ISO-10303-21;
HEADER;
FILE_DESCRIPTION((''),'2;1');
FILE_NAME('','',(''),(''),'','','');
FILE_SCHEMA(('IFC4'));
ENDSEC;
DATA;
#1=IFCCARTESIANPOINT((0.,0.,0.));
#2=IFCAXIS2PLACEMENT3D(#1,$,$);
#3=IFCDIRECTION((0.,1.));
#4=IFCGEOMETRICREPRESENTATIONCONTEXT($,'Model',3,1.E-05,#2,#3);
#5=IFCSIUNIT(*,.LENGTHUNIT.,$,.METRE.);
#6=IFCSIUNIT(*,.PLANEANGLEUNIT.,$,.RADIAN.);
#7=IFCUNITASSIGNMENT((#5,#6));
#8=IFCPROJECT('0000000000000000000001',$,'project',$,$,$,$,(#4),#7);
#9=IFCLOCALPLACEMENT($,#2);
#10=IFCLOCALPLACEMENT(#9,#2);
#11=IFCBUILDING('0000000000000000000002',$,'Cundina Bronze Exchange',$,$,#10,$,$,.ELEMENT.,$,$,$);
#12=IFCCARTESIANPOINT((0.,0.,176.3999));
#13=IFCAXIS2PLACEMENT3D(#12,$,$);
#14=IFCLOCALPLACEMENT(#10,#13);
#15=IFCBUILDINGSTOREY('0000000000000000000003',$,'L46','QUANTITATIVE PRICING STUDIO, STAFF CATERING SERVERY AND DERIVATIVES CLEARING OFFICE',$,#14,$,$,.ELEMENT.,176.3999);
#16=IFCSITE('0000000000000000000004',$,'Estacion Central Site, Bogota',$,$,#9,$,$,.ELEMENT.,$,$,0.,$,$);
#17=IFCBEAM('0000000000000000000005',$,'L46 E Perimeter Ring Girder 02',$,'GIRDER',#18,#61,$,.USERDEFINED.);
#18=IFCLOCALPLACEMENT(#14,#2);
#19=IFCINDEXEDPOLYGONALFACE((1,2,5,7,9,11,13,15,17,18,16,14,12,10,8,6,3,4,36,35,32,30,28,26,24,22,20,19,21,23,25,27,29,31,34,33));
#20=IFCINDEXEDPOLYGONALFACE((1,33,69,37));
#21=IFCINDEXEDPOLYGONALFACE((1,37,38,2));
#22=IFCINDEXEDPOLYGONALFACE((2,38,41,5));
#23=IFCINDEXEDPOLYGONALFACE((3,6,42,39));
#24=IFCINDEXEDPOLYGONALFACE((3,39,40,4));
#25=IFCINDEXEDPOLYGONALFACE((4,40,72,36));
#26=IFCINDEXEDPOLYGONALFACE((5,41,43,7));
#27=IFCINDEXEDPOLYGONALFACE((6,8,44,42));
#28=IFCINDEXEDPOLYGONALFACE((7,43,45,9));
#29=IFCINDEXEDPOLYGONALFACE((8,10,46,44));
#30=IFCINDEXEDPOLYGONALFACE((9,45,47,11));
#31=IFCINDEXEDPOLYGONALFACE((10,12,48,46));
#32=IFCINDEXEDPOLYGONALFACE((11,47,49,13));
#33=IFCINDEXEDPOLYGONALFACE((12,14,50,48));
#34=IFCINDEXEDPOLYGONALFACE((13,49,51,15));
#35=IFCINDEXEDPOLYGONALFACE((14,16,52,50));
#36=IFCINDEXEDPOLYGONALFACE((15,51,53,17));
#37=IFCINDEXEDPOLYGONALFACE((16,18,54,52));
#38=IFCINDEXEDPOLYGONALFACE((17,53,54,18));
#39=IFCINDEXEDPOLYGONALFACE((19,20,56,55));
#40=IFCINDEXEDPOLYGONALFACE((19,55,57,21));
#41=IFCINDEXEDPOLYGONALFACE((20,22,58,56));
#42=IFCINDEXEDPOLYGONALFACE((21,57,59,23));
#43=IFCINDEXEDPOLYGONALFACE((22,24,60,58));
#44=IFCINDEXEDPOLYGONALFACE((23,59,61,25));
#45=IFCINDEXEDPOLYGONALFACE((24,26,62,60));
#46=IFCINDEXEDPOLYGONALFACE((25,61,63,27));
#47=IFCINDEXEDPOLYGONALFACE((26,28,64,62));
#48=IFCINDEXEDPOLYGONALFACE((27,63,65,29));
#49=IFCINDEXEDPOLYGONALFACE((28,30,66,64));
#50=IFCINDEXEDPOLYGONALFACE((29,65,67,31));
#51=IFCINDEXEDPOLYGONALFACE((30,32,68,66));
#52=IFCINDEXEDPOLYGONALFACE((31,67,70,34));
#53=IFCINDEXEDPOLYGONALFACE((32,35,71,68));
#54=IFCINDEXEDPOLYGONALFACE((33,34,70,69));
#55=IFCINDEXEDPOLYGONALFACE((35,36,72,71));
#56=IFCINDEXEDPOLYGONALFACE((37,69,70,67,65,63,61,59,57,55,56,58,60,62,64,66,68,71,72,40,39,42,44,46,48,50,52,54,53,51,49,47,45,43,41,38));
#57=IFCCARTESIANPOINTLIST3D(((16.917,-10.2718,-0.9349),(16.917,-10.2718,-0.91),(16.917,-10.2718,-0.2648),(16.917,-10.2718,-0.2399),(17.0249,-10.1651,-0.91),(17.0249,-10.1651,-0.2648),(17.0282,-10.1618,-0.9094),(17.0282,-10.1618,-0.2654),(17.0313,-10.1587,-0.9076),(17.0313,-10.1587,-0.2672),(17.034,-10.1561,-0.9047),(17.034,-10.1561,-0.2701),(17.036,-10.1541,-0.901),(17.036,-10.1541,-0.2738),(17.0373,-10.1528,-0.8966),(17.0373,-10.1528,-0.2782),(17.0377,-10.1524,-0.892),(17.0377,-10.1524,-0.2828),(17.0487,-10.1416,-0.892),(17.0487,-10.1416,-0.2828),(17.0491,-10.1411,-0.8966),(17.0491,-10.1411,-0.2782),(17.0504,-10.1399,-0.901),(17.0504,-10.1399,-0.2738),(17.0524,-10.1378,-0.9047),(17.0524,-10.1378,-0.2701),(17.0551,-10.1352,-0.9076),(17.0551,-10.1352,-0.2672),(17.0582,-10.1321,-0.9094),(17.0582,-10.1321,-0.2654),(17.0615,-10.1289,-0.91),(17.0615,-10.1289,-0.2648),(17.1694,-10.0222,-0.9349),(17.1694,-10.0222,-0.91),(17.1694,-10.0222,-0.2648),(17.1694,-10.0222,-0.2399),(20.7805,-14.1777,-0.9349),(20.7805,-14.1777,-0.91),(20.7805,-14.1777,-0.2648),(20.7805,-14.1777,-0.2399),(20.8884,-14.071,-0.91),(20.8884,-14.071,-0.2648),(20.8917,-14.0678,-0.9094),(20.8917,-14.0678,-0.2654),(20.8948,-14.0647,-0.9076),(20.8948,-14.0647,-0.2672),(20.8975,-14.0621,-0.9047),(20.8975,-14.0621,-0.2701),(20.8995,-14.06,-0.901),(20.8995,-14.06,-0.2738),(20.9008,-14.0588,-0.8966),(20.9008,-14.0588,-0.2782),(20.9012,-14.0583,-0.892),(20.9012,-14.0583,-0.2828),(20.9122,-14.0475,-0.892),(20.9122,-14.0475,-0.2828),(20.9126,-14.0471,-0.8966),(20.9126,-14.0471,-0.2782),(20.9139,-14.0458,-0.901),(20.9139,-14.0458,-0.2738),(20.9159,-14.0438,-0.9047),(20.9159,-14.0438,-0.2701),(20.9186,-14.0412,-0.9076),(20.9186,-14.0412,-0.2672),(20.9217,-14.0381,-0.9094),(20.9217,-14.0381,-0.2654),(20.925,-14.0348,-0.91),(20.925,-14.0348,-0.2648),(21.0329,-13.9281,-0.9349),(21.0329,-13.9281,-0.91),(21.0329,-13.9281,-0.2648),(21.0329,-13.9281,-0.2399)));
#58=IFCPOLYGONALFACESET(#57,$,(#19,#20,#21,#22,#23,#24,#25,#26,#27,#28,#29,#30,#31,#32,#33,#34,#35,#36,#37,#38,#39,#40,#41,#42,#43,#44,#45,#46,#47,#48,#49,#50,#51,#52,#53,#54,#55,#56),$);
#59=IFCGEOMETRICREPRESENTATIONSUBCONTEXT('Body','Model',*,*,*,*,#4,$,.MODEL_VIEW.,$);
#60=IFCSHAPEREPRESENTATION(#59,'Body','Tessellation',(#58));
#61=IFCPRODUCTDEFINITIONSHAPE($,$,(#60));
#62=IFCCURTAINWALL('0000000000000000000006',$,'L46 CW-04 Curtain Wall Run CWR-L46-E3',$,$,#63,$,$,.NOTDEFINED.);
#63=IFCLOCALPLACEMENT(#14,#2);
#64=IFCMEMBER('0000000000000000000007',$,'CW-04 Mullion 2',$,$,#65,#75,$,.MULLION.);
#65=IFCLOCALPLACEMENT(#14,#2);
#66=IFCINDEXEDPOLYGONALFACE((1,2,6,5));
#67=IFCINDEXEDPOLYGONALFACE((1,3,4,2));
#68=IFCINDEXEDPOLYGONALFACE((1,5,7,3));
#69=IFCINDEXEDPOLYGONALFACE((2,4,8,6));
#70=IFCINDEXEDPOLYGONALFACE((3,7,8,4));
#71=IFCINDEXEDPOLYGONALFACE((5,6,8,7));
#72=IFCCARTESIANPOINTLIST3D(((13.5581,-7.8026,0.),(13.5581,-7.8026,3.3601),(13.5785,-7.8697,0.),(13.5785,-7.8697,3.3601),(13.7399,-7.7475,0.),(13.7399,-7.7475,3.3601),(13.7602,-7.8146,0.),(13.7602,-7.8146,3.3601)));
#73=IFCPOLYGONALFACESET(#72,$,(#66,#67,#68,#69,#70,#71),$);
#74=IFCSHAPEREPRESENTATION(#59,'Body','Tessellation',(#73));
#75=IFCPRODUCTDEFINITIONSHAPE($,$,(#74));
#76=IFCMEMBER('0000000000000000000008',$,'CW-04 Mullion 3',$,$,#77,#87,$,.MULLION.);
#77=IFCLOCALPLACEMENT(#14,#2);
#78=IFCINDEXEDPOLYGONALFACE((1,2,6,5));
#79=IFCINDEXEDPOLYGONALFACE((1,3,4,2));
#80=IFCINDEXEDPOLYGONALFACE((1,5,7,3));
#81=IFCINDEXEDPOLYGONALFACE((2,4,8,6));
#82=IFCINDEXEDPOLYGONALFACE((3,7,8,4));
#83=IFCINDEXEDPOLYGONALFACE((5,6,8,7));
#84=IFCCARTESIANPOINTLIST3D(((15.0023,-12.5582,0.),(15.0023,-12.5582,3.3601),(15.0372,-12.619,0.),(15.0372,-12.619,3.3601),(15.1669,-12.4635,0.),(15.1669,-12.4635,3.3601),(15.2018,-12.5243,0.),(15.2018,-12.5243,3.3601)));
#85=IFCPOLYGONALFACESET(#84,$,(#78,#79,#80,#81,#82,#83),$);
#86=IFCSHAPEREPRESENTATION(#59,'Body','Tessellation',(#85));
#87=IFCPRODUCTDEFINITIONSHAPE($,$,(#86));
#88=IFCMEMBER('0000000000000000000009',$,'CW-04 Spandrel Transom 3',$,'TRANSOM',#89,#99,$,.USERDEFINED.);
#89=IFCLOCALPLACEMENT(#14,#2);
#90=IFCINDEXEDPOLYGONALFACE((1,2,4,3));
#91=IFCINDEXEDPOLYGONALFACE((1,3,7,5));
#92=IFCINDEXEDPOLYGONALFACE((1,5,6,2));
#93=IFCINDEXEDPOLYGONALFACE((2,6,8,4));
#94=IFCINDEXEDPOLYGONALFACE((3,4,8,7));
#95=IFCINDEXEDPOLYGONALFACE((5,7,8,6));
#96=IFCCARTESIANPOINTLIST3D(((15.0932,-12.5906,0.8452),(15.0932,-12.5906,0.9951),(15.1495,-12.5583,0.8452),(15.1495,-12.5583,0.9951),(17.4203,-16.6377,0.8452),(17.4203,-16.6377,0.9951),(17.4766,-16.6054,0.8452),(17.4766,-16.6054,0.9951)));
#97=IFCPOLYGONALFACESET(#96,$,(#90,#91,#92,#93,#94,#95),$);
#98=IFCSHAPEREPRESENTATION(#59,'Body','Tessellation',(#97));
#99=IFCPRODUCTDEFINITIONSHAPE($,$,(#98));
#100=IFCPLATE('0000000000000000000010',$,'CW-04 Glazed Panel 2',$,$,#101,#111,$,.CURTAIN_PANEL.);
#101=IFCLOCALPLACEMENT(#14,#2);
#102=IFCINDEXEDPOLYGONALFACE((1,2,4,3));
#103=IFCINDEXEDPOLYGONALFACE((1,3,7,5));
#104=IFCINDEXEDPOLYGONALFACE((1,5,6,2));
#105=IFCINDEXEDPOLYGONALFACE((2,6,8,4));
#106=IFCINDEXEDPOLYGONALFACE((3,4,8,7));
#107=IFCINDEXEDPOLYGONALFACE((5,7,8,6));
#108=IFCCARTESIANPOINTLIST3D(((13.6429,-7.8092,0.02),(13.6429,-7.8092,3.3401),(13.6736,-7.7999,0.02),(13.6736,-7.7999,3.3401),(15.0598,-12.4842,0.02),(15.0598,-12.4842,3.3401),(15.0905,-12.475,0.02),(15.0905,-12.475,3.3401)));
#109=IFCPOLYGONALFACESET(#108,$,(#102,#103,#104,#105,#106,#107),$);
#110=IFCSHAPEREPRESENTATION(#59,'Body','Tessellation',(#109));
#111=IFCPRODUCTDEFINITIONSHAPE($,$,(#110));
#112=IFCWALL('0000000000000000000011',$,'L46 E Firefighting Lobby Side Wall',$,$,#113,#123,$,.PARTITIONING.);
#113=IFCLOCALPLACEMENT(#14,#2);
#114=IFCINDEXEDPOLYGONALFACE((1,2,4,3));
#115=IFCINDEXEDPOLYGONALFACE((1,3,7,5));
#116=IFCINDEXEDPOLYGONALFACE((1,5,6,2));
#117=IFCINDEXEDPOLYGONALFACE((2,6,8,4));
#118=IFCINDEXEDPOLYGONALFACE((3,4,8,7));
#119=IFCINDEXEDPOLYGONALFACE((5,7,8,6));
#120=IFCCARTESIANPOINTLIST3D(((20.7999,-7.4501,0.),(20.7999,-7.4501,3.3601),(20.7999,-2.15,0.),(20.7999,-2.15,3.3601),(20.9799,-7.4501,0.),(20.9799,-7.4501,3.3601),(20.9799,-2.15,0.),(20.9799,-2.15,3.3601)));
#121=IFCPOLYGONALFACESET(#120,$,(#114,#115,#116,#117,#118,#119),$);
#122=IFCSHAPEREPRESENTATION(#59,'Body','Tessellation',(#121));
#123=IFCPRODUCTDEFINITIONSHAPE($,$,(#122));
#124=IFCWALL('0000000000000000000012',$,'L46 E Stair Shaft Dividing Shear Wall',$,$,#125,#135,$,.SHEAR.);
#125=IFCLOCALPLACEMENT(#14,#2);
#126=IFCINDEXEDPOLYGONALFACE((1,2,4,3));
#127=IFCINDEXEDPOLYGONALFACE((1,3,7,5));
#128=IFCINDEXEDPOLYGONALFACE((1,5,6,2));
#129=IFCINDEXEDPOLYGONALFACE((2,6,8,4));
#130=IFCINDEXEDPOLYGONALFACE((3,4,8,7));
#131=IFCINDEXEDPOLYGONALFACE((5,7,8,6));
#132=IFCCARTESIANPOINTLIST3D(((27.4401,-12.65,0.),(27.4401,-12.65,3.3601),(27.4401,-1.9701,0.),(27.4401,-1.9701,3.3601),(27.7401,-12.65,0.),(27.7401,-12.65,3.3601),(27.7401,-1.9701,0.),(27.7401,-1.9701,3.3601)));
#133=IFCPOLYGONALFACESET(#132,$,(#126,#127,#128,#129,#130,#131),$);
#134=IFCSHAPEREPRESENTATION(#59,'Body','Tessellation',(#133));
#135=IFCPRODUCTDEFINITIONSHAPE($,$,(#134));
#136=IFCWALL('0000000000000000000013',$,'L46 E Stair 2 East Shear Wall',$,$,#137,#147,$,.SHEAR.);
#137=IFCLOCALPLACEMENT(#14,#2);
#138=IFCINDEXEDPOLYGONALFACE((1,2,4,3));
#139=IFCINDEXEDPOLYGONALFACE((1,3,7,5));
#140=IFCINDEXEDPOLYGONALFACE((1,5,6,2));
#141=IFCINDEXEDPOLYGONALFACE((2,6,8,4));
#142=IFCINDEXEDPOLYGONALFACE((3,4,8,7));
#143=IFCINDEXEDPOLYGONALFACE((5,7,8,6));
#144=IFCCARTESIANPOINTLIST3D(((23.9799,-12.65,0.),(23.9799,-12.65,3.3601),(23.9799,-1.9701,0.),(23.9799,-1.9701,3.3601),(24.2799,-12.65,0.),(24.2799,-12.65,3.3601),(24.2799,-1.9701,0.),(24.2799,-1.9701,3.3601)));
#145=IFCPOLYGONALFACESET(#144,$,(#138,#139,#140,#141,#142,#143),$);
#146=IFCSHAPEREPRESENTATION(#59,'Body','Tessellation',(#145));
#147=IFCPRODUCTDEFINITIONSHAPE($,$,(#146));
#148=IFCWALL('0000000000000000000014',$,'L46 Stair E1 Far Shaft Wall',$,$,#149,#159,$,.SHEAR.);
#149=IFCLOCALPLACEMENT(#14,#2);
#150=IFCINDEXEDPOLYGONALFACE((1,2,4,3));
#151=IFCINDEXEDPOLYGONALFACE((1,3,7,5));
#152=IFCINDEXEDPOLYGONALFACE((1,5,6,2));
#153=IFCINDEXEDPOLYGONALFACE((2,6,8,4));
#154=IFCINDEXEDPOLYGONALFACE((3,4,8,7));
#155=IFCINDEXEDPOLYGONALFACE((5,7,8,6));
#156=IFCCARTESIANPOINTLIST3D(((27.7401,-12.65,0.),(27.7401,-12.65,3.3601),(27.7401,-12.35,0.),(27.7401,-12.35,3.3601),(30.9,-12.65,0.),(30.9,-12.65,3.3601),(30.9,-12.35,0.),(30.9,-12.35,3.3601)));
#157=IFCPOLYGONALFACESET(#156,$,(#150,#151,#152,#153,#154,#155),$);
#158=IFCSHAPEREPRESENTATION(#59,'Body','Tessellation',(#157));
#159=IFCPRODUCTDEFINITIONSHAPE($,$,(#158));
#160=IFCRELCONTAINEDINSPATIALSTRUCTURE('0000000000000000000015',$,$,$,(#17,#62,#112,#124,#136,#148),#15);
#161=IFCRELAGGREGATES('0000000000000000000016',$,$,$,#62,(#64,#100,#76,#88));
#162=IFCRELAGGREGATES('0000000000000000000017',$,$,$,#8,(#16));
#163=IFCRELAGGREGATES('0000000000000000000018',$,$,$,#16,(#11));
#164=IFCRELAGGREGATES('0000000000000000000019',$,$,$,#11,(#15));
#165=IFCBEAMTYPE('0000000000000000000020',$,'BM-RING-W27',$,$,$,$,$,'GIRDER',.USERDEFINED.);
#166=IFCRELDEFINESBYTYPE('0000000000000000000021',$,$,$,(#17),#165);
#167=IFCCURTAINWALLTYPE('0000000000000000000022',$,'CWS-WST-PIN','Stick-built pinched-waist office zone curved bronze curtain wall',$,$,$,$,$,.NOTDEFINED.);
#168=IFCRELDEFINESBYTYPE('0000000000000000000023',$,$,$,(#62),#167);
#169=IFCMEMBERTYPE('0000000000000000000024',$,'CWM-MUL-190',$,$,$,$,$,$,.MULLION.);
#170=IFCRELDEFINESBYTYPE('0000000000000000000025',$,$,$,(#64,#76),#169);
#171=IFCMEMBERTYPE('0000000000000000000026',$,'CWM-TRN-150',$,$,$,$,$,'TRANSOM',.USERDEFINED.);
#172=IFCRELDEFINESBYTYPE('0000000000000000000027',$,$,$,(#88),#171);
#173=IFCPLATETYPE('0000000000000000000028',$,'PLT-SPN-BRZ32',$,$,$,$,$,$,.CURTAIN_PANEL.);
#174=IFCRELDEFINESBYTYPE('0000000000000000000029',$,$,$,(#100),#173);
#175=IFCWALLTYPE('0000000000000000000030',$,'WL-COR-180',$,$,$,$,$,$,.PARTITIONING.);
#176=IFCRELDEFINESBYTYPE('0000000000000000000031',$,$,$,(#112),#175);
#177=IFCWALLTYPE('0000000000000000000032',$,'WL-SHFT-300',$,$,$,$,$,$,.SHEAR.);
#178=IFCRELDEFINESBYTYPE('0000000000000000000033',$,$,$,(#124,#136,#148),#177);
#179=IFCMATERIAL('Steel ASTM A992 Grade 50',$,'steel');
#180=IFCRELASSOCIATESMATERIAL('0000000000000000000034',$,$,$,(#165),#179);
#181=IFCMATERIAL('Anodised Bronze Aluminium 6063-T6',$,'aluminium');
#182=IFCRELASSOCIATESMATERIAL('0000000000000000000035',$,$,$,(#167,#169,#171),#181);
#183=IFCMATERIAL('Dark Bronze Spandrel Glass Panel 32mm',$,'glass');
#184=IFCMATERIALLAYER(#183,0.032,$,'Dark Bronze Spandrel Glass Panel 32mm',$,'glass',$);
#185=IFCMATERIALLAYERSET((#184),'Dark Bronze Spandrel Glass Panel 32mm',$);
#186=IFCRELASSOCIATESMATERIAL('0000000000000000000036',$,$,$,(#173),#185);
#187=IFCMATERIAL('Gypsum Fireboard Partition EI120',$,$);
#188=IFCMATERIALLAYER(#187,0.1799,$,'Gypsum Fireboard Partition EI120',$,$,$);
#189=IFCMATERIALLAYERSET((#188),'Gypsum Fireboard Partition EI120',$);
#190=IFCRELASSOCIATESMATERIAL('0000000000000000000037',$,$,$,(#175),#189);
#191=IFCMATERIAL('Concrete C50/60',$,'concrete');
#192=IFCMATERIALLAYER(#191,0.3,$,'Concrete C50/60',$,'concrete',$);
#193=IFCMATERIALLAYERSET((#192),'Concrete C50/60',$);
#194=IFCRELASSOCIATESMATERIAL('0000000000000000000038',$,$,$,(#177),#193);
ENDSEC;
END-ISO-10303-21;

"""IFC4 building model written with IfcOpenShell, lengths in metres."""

from ifc_helpers import new_model, si_unit, direction, frame, frame_2d, origin, origin_2d, place, context, subcontext, project, spatial, rectangle, i_section, extrude, material, layer, layer_set, material_profile, profile_set, type_object, element, aggregate, save


model = new_model("IFC4")

# Units and contexts
model_context = context("Model", 3, precision=1e-05, world=origin(), true_north=direction((0.0, 1.0)))
body_context = subcontext(model_context, "Body", "Model", "MODEL_VIEW")
ifc_project = project(units=[si_unit("LENGTHUNIT", "METRE"), si_unit("PLANEANGLEUNIT", "RADIAN")], contexts=[model_context])

# Site, building, storey
site_placement = place(None, origin())
site = spatial("IfcSite", under=ifc_project, at=site_placement, Name="Estacion Central Site, Bogota", CompositionType="ELEMENT", RefElevation=0.0)
building_placement = place(site_placement, origin())
building = spatial("IfcBuilding", under=site, at=building_placement, Name="Cundina Bronze Exchange", CompositionType="ELEMENT")
storey_placement = place(building_placement, frame((0.0, 0.0, 176.3999)))
storey = spatial("IfcBuildingStorey", under=building, at=storey_placement, Name="L46", Description="QUANTITATIVE PRICING STUDIO, STAFF CATERING SERVERY AND DERIVATIVES CLEARING OFFICE", CompositionType="ELEMENT", Elevation=176.3999)

# Shared definitions
ifc_material_1 = material(Name="Concrete C50/60", Category="concrete")

# Beam
ifc_material_2 = material(Name="Steel ASTM A992 Grade 50", Category="steel")
ifc_material_profile_1 = material_profile(ifc_material_2, i_section(OverallWidth=0.355, OverallDepth=0.6951, WebThickness=0.0154, FlangeThickness=0.0249, FilletRadius=0.0181, at=origin_2d()), Name="W27X146", Category="steel")
ifc_profile_set_1 = profile_set([ifc_material_profile_1], Name="Steel ASTM A992 Grade 50")
beam_type_1 = type_object("IfcBeamType", Name="BM-RING-W27", ElementType="GIRDER", PredefinedType="USERDEFINED", material=ifc_profile_set_1)
beam_1_placement = place(storey_placement, frame((17.0432, -10.147, -0.5874), z_axis=(0.70323, -0.710962, 0.0), x_axis=(0.710962, 0.70323, 0.0)))
element("IfcBeam", 1, at=beam_1_placement, inside=storey, type_object=beam_type_1, Name="L46 E Perimeter Ring Girder 02", ObjectType="GIRDER", PredefinedType="USERDEFINED", context=body_context, shape_type="SweptSolid", body=[
    extrude(i_section(OverallWidth=0.355, OverallDepth=0.6951, WebThickness=0.0154, FlangeThickness=0.0249, FilletRadius=0.0181, at=origin_2d()), origin(), (0.0, 0.0, 1.0), 5.4939),
])

# Curtain wall, members, plate
ifc_material_3 = material(Name="Anodised Bronze Aluminium 6063-T6", Category="aluminium")
curtain_wall_type = type_object("IfcCurtainWallType", Name="CWS-WST-PIN", Description="Stick-built pinched-waist office zone curved bronze curtain wall", PredefinedType="NOTDEFINED", material=ifc_material_3)
curtain_wall_placement = place(storey_placement, origin())
curtain_wall = element("IfcCurtainWall", 2, at=curtain_wall_placement, inside=storey, type_object=curtain_wall_type, Name="L46 CW-04 Curtain Wall Run CWR-L46-E3", PredefinedType="NOTDEFINED")
ifc_material_profile_2 = material_profile(ifc_material_3, rectangle(XDim=0.0701, YDim=0.1899, at=origin_2d()), Name="AL70X190", Category="aluminium")
ifc_profile_set_2 = profile_set([ifc_material_profile_2], Name="Anodised Bronze Aluminium 6063-T6")
member_type_1 = type_object("IfcMemberType", Name="CWM-MUL-190", PredefinedType="MULLION", material=ifc_profile_set_2)
member_1_placement = place(storey_placement, frame((13.6592, -7.8086, 0.0), z_axis=(0.0, 0.0, 1.0), x_axis=(0.290034, -0.957016, 0.0)))
member_1 = element("IfcMember", 3, at=member_1_placement, type_object=member_type_1, Name="CW-04 Mullion 2", PredefinedType="MULLION", context=body_context, shape_type="SweptSolid", body=[
    extrude(rectangle(XDim=0.0701, YDim=0.1899, at=origin_2d()), origin(), (0.0, 0.0, 1.0), 3.3601),
])
member_2_placement = place(storey_placement, frame((15.1021, -12.5413, 0.0), z_axis=(0.0, 0.0, 1.0), x_axis=(0.498488, -0.866897, 0.0)))
member_2 = element("IfcMember", 4, at=member_2_placement, type_object=member_type_1, Name="CW-04 Mullion 3", PredefinedType="MULLION", context=body_context, shape_type="SweptSolid", body=[
    extrude(rectangle(XDim=0.0701, YDim=0.1899, at=origin_2d()), origin(), (0.0, 0.0, 1.0), 3.3601),
])
ifc_material_profile_3 = material_profile(ifc_material_3, rectangle(XDim=0.0649, YDim=0.1499, at=origin_2d()), Name="AL65X150", Category="aluminium")
ifc_profile_set_3 = profile_set([ifc_material_profile_3], Name="Anodised Bronze Aluminium 6063-T6")
member_type_2 = type_object("IfcMemberType", Name="CWM-TRN-150", ElementType="TRANSOM", PredefinedType="USERDEFINED", material=ifc_profile_set_3)
member_3_placement = place(storey_placement, frame((15.1213, -12.5745, 0.9202), z_axis=(0.49848, -0.866901, 0.0), x_axis=(0.866901, 0.49848, 0.0)))
member_3 = element("IfcMember", 5, at=member_3_placement, type_object=member_type_2, Name="CW-04 Spandrel Transom 3", ObjectType="TRANSOM", PredefinedType="USERDEFINED", context=body_context, shape_type="SweptSolid", body=[
    extrude(rectangle(XDim=0.0649, YDim=0.1499, at=origin_2d()), origin(), (0.0, 0.0, 1.0), 4.6685),
])
ifc_material_4 = material(Name="Dark Bronze Spandrel Glass Panel 32mm", Category="glass")
ifc_layer_1 = layer(ifc_material_4, 0.032, Name="Dark Bronze Spandrel Glass Panel 32mm", Category="glass")
ifc_layer_set_1 = layer_set([ifc_layer_1], Name="Dark Bronze Spandrel Glass Panel 32mm")
plate_type = type_object("IfcPlateType", Name="PLT-SPN-BRZ32", PredefinedType="CURTAIN_PANEL", material=ifc_layer_set_1)
plate_placement = place(storey_placement, frame((14.3667, -10.1421, 0.02), z_axis=(0.0, 0.0, 1.0), x_axis=(0.290051, -0.957011, 0.0)))
plate = element("IfcPlate", 6, at=plate_placement, type_object=plate_type, Name="CW-04 Glazed Panel 2", PredefinedType="CURTAIN_PANEL", context=body_context, shape_type="SweptSolid", body=[
    extrude(rectangle(XDim=4.885, YDim=0.032, at=origin_2d()), origin(), (0.0, 0.0, 1.0), 3.3201),
])
aggregate(curtain_wall, [member_1, plate, member_2, member_3])

# Walls
ifc_material_5 = material(Name="Gypsum Fireboard Partition EI120")
ifc_layer_2 = layer(ifc_material_5, 0.1799, Name="Gypsum Fireboard Partition EI120")
ifc_layer_set_2 = layer_set([ifc_layer_2], Name="Gypsum Fireboard Partition EI120")
wall_type_1 = type_object("IfcWallType", Name="WL-COR-180", PredefinedType="PARTITIONING", material=ifc_layer_set_2)
wall_1_placement = place(storey_placement, frame((20.8899, -7.45, 0.0), z_axis=(0.0, 0.0, 1.0), x_axis=(0.0, 1.0, 0.0)))
element("IfcWall", 7, at=wall_1_placement, inside=storey, type_object=wall_type_1, Name="L46 E Firefighting Lobby Side Wall", PredefinedType="PARTITIONING", context=body_context, shape_type="SweptSolid", body=[
    extrude(rectangle(XDim=5.3, YDim=0.1799, at=frame_2d((2.6499, 0.0))), origin(), (0.0, 0.0, 1.0), 3.3601),
])
ifc_layer_3 = layer(ifc_material_1, 0.3, Name="Concrete C50/60", Category="concrete")
ifc_layer_set_3 = layer_set([ifc_layer_3], Name="Concrete C50/60")
wall_type_2 = type_object("IfcWallType", Name="WL-SHFT-300", PredefinedType="SHEAR", material=ifc_layer_set_3)
for number, where, z_axis, x_axis, name in (
    (8, (27.5901, -12.6499, 0.0), (0.0, 0.0, 1.0), (0.0, 1.0, 0.0), "L46 E Stair Shaft Dividing Shear Wall"),
    (9, (24.1299, -12.6499, 0.0), (0.0, 0.0, 1.0), (0.0, 1.0, 0.0), "L46 E Stair 2 East Shear Wall"),
):
    element("IfcWall", number, at=place(storey_placement, frame(where, z_axis=z_axis, x_axis=x_axis)), inside=storey, type_object=wall_type_2, Name=name, PredefinedType="SHEAR", context=body_context, shape_type="SweptSolid", body=[
        extrude(rectangle(XDim=10.6799, YDim=0.3, at=frame_2d((5.3398, 0.0))), origin(), (0.0, 0.0, 1.0), 3.3601),
    ])
wall_2_placement = place(storey_placement, frame((27.74, -12.5, 0.0), z_axis=(0.0, 0.0, 1.0), x_axis=(1.0, 0.0, 0.0)))
element("IfcWall", 10, at=wall_2_placement, inside=storey, type_object=wall_type_2, Name="L46 Stair E1 Far Shaft Wall", PredefinedType="SHEAR", context=body_context, shape_type="SweptSolid", body=[
    extrude(rectangle(XDim=3.1599, YDim=0.3, at=frame_2d((1.5801, 0.0))), origin(), (0.0, 0.0, 1.0), 3.3601),
])

save(model, "model.ifc")
